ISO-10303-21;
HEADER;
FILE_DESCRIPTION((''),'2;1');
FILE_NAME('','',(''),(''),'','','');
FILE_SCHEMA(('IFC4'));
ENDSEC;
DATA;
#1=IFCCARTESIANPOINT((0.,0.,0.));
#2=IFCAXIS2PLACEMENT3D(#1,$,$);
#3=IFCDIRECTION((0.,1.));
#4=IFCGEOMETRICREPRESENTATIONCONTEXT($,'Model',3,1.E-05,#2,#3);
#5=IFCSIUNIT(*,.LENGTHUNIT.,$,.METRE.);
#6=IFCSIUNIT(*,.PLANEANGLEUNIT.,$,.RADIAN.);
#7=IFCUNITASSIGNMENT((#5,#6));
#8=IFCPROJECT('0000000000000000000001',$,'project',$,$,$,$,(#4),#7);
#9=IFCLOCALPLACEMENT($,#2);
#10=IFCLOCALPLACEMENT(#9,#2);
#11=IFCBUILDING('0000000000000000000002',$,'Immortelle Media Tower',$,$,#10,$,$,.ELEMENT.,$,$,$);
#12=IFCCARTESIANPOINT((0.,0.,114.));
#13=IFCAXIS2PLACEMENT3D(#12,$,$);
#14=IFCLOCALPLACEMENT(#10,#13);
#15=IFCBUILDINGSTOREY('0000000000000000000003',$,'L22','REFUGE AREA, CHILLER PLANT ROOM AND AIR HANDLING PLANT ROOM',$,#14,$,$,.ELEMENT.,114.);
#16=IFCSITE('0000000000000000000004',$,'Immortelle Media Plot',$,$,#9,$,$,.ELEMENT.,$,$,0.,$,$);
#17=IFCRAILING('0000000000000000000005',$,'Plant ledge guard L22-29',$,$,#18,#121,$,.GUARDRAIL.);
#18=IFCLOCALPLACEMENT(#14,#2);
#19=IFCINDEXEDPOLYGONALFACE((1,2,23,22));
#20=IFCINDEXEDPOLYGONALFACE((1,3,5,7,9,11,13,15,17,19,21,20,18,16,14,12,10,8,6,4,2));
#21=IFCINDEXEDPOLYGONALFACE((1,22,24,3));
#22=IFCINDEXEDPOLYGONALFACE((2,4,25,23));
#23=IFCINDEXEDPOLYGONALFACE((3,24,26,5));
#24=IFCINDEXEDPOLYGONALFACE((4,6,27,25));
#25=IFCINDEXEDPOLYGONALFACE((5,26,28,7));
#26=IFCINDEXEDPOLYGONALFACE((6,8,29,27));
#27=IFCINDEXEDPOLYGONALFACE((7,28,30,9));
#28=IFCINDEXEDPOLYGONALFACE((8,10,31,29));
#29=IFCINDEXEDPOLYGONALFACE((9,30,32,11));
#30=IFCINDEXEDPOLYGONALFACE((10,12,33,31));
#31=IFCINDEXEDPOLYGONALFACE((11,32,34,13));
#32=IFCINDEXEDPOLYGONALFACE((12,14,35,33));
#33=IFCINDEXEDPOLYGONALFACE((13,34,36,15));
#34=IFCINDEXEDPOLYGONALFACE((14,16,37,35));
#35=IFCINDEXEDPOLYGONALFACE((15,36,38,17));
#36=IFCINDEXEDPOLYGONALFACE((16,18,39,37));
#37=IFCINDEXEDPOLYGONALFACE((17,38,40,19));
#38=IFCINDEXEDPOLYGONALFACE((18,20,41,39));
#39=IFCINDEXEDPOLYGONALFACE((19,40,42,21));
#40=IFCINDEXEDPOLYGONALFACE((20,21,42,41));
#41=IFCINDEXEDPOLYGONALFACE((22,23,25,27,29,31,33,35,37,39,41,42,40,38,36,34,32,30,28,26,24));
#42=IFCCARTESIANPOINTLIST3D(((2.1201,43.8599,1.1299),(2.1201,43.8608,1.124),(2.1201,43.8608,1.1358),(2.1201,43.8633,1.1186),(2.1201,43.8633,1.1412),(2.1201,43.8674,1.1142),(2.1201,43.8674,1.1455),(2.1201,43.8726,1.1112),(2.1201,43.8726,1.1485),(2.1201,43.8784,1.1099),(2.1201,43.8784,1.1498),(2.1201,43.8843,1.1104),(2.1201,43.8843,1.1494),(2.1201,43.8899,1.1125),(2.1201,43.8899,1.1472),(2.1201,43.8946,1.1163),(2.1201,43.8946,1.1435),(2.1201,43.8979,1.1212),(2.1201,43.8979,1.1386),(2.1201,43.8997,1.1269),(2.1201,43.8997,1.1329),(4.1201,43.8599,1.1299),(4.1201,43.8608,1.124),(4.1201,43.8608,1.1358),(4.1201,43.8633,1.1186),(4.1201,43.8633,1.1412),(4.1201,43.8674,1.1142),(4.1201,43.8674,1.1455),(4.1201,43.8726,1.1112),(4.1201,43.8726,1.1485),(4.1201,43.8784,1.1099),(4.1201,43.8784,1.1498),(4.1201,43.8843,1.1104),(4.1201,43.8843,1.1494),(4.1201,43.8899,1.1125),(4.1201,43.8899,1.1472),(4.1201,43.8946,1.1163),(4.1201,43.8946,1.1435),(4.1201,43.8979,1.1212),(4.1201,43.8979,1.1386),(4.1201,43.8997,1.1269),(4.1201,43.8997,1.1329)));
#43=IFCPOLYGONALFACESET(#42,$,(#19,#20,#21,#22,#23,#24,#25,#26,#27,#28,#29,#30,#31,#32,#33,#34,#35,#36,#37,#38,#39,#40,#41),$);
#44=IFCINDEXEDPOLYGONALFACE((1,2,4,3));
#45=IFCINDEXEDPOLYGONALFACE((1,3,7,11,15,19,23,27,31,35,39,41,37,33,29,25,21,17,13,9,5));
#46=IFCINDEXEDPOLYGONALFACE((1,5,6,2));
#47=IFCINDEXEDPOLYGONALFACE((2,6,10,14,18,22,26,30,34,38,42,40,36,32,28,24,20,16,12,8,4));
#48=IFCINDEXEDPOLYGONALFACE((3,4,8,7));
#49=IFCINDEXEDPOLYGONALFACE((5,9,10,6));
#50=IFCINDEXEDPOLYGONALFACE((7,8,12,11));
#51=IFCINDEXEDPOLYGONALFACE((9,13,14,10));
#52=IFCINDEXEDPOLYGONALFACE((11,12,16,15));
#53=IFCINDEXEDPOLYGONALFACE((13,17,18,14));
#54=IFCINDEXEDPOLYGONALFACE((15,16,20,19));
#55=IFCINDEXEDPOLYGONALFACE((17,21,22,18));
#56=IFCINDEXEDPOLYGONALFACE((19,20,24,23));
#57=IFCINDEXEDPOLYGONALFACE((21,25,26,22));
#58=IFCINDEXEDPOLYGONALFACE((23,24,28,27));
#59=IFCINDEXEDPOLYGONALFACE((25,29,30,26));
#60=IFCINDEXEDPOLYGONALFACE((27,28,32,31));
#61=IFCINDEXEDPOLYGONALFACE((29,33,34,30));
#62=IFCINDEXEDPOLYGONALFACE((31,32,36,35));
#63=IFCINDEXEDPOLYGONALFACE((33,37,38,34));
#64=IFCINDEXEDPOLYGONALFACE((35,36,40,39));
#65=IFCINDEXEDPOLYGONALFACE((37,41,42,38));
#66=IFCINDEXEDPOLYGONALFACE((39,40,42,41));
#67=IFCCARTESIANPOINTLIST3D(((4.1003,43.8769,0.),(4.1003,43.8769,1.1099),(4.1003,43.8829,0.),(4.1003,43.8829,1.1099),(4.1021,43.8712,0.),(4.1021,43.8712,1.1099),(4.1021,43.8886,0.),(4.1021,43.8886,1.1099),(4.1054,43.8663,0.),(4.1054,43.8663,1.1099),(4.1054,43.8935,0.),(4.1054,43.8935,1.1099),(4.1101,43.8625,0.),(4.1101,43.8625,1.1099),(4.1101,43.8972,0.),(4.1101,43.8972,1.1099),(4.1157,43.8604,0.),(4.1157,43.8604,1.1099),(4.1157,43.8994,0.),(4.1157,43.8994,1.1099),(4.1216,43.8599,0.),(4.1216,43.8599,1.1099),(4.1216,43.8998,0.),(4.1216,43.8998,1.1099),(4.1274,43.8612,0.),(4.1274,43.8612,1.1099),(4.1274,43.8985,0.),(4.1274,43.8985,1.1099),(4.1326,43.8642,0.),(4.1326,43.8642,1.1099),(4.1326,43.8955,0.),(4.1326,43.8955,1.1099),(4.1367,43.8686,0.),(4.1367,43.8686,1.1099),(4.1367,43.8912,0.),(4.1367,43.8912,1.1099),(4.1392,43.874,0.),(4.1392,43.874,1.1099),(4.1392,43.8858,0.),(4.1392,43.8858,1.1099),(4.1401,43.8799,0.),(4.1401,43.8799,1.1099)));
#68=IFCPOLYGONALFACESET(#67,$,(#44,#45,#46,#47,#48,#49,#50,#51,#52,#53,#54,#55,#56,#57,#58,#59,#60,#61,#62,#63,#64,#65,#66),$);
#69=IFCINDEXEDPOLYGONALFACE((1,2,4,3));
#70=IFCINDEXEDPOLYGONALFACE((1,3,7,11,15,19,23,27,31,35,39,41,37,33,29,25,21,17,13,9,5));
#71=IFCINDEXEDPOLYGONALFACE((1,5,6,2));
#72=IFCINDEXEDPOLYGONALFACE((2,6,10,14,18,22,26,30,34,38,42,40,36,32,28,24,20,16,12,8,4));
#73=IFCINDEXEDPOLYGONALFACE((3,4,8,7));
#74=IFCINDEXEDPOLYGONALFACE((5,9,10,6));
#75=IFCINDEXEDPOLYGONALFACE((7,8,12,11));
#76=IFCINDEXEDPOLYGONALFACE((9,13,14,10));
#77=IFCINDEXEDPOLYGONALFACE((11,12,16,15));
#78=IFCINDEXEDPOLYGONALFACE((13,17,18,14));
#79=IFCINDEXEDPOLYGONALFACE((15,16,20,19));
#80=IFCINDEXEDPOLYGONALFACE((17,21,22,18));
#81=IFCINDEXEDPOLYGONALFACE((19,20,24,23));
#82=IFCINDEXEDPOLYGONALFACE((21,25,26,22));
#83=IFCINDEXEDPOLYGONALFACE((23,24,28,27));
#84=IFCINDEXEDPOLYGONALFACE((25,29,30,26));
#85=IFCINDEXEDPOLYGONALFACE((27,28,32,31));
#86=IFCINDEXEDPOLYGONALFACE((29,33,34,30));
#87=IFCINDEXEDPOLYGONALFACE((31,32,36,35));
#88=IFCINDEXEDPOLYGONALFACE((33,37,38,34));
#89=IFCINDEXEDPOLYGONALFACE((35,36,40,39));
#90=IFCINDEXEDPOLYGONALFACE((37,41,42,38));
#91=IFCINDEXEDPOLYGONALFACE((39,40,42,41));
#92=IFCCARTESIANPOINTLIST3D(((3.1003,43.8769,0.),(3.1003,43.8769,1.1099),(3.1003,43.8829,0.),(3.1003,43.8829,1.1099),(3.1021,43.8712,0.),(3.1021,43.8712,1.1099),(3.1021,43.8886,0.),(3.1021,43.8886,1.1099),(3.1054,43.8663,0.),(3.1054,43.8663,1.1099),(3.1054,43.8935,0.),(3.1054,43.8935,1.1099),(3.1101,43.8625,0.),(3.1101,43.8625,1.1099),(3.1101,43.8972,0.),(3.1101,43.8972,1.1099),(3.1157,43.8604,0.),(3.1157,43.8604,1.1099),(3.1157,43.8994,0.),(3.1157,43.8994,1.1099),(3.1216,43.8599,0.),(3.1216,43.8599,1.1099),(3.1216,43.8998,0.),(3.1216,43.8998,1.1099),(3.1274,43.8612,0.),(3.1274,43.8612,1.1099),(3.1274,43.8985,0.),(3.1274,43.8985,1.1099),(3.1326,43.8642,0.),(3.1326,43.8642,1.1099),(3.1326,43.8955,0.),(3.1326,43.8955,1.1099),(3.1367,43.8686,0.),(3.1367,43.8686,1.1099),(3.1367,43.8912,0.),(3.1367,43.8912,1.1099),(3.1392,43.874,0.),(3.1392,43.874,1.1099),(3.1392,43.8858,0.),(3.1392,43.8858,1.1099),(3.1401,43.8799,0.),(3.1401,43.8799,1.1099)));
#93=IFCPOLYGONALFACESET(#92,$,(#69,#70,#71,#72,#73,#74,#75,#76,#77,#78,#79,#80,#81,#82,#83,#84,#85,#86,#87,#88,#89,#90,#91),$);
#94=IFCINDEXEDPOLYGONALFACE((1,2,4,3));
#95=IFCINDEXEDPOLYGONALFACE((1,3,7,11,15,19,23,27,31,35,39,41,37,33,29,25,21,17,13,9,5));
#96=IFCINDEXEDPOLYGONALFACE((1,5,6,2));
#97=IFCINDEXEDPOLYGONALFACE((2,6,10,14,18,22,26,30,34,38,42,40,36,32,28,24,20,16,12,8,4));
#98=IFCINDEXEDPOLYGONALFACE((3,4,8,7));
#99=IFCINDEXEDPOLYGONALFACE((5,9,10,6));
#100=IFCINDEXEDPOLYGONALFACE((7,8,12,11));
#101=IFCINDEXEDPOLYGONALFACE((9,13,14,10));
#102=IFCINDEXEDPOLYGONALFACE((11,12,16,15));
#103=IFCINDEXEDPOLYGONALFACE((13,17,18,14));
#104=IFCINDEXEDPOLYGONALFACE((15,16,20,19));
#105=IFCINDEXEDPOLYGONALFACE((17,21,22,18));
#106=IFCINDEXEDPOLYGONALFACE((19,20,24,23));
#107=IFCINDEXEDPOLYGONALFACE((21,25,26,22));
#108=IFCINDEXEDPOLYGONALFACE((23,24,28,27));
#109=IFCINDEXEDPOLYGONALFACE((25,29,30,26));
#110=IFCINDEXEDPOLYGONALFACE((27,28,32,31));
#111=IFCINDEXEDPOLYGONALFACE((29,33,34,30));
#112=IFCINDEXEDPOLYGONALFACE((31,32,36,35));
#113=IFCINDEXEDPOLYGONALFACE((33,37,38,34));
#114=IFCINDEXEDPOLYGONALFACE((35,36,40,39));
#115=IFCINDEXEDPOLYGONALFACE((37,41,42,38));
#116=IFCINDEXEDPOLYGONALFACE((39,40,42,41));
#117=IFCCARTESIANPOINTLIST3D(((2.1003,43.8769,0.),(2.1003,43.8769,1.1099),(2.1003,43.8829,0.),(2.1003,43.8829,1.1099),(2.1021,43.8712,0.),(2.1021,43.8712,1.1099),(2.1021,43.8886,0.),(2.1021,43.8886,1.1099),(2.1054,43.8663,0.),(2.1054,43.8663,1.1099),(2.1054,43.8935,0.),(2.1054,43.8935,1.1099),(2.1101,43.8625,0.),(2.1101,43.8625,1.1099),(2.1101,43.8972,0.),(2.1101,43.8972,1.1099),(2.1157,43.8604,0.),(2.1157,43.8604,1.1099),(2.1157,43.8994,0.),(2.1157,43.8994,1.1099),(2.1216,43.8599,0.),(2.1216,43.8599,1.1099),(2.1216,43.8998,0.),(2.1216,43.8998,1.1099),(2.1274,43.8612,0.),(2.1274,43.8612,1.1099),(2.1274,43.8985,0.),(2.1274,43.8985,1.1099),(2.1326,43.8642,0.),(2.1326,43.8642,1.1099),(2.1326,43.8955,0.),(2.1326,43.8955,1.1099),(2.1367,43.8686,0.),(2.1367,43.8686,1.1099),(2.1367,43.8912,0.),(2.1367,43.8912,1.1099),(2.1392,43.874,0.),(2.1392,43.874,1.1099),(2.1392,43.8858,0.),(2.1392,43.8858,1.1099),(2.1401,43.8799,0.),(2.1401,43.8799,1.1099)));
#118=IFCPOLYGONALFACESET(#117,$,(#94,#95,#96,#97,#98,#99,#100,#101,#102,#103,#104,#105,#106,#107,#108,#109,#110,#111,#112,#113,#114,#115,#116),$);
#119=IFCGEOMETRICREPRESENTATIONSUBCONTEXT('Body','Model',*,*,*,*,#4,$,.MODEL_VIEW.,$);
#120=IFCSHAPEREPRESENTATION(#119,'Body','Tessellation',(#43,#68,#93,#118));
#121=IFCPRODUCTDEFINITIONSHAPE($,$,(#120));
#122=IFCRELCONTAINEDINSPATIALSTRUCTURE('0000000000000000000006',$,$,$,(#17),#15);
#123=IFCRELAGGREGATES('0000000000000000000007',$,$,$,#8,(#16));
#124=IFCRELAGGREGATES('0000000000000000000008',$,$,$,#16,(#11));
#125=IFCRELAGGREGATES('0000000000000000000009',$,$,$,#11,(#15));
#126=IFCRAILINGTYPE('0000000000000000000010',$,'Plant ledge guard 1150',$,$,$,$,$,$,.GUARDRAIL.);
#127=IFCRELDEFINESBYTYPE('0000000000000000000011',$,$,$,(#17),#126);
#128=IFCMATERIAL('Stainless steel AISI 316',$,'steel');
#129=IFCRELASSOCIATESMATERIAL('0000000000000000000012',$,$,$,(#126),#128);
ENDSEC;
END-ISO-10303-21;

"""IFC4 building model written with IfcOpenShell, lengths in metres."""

from ifc_helpers import new_model, si_unit, direction, frame, origin, origin_2d, place, context, subcontext, project, spatial, circle, extrude, material, type_object, element, save


model = new_model("IFC4")

# Units and contexts
model_context = context("Model", 3, precision=1e-05, world=origin(), true_north=direction((0.0, 1.0)))
body_context = subcontext(model_context, "Body", "Model", "MODEL_VIEW")
ifc_project = project(units=[si_unit("LENGTHUNIT", "METRE"), si_unit("PLANEANGLEUNIT", "RADIAN")], contexts=[model_context])

# Site, building, storey
site_placement = place(None, origin())
site = spatial("IfcSite", under=ifc_project, at=site_placement, Name="Immortelle Media Plot", CompositionType="ELEMENT", RefElevation=0.0)
building_placement = place(site_placement, origin())
building = spatial("IfcBuilding", under=site, at=building_placement, Name="Immortelle Media Tower", CompositionType="ELEMENT")
storey_placement = place(building_placement, frame((0.0, 0.0, 114.0)))
storey = spatial("IfcBuildingStorey", under=building, at=storey_placement, Name="L22", Description="REFUGE AREA, CHILLER PLANT ROOM AND AIR HANDLING PLANT ROOM", CompositionType="ELEMENT", Elevation=114.0)

# Railing
ifc_material_1 = material(Name="Stainless steel AISI 316", Category="steel")
railing_type = type_object("IfcRailingType", Name="Plant ledge guard 1150", PredefinedType="GUARDRAIL", material=ifc_material_1)
railing_1_placement = place(storey_placement, frame((4.1201, 43.8799, 0.0)))
element("IfcRailing", 1, at=railing_1_placement, inside=storey, type_object=railing_type, Name="Plant ledge guard L22-29", PredefinedType="GUARDRAIL", context=body_context, shape_type="SweptSolid", body=[
    extrude(circle(Radius=0.02, at=origin_2d()), frame((0.0, 0.0, 1.1299), z_axis=(-1.0, 0.0, 0.0), x_axis=(0.0, -1.0, 0.0)), (0.0, 0.0, 1.0), 2.0),
    extrude(circle(Radius=0.02, at=origin_2d()), origin(), (0.0, 0.0, 1.0), 1.1099),
    extrude(circle(Radius=0.02, at=origin_2d()), frame((-1.0, 0.0, 0.0)), (0.0, 0.0, 1.0), 1.1099),
    extrude(circle(Radius=0.02, at=origin_2d()), frame((-2.0, 0.0, 0.0)), (0.0, 0.0, 1.0), 1.1099),
])

save(model, "model.ifc")
